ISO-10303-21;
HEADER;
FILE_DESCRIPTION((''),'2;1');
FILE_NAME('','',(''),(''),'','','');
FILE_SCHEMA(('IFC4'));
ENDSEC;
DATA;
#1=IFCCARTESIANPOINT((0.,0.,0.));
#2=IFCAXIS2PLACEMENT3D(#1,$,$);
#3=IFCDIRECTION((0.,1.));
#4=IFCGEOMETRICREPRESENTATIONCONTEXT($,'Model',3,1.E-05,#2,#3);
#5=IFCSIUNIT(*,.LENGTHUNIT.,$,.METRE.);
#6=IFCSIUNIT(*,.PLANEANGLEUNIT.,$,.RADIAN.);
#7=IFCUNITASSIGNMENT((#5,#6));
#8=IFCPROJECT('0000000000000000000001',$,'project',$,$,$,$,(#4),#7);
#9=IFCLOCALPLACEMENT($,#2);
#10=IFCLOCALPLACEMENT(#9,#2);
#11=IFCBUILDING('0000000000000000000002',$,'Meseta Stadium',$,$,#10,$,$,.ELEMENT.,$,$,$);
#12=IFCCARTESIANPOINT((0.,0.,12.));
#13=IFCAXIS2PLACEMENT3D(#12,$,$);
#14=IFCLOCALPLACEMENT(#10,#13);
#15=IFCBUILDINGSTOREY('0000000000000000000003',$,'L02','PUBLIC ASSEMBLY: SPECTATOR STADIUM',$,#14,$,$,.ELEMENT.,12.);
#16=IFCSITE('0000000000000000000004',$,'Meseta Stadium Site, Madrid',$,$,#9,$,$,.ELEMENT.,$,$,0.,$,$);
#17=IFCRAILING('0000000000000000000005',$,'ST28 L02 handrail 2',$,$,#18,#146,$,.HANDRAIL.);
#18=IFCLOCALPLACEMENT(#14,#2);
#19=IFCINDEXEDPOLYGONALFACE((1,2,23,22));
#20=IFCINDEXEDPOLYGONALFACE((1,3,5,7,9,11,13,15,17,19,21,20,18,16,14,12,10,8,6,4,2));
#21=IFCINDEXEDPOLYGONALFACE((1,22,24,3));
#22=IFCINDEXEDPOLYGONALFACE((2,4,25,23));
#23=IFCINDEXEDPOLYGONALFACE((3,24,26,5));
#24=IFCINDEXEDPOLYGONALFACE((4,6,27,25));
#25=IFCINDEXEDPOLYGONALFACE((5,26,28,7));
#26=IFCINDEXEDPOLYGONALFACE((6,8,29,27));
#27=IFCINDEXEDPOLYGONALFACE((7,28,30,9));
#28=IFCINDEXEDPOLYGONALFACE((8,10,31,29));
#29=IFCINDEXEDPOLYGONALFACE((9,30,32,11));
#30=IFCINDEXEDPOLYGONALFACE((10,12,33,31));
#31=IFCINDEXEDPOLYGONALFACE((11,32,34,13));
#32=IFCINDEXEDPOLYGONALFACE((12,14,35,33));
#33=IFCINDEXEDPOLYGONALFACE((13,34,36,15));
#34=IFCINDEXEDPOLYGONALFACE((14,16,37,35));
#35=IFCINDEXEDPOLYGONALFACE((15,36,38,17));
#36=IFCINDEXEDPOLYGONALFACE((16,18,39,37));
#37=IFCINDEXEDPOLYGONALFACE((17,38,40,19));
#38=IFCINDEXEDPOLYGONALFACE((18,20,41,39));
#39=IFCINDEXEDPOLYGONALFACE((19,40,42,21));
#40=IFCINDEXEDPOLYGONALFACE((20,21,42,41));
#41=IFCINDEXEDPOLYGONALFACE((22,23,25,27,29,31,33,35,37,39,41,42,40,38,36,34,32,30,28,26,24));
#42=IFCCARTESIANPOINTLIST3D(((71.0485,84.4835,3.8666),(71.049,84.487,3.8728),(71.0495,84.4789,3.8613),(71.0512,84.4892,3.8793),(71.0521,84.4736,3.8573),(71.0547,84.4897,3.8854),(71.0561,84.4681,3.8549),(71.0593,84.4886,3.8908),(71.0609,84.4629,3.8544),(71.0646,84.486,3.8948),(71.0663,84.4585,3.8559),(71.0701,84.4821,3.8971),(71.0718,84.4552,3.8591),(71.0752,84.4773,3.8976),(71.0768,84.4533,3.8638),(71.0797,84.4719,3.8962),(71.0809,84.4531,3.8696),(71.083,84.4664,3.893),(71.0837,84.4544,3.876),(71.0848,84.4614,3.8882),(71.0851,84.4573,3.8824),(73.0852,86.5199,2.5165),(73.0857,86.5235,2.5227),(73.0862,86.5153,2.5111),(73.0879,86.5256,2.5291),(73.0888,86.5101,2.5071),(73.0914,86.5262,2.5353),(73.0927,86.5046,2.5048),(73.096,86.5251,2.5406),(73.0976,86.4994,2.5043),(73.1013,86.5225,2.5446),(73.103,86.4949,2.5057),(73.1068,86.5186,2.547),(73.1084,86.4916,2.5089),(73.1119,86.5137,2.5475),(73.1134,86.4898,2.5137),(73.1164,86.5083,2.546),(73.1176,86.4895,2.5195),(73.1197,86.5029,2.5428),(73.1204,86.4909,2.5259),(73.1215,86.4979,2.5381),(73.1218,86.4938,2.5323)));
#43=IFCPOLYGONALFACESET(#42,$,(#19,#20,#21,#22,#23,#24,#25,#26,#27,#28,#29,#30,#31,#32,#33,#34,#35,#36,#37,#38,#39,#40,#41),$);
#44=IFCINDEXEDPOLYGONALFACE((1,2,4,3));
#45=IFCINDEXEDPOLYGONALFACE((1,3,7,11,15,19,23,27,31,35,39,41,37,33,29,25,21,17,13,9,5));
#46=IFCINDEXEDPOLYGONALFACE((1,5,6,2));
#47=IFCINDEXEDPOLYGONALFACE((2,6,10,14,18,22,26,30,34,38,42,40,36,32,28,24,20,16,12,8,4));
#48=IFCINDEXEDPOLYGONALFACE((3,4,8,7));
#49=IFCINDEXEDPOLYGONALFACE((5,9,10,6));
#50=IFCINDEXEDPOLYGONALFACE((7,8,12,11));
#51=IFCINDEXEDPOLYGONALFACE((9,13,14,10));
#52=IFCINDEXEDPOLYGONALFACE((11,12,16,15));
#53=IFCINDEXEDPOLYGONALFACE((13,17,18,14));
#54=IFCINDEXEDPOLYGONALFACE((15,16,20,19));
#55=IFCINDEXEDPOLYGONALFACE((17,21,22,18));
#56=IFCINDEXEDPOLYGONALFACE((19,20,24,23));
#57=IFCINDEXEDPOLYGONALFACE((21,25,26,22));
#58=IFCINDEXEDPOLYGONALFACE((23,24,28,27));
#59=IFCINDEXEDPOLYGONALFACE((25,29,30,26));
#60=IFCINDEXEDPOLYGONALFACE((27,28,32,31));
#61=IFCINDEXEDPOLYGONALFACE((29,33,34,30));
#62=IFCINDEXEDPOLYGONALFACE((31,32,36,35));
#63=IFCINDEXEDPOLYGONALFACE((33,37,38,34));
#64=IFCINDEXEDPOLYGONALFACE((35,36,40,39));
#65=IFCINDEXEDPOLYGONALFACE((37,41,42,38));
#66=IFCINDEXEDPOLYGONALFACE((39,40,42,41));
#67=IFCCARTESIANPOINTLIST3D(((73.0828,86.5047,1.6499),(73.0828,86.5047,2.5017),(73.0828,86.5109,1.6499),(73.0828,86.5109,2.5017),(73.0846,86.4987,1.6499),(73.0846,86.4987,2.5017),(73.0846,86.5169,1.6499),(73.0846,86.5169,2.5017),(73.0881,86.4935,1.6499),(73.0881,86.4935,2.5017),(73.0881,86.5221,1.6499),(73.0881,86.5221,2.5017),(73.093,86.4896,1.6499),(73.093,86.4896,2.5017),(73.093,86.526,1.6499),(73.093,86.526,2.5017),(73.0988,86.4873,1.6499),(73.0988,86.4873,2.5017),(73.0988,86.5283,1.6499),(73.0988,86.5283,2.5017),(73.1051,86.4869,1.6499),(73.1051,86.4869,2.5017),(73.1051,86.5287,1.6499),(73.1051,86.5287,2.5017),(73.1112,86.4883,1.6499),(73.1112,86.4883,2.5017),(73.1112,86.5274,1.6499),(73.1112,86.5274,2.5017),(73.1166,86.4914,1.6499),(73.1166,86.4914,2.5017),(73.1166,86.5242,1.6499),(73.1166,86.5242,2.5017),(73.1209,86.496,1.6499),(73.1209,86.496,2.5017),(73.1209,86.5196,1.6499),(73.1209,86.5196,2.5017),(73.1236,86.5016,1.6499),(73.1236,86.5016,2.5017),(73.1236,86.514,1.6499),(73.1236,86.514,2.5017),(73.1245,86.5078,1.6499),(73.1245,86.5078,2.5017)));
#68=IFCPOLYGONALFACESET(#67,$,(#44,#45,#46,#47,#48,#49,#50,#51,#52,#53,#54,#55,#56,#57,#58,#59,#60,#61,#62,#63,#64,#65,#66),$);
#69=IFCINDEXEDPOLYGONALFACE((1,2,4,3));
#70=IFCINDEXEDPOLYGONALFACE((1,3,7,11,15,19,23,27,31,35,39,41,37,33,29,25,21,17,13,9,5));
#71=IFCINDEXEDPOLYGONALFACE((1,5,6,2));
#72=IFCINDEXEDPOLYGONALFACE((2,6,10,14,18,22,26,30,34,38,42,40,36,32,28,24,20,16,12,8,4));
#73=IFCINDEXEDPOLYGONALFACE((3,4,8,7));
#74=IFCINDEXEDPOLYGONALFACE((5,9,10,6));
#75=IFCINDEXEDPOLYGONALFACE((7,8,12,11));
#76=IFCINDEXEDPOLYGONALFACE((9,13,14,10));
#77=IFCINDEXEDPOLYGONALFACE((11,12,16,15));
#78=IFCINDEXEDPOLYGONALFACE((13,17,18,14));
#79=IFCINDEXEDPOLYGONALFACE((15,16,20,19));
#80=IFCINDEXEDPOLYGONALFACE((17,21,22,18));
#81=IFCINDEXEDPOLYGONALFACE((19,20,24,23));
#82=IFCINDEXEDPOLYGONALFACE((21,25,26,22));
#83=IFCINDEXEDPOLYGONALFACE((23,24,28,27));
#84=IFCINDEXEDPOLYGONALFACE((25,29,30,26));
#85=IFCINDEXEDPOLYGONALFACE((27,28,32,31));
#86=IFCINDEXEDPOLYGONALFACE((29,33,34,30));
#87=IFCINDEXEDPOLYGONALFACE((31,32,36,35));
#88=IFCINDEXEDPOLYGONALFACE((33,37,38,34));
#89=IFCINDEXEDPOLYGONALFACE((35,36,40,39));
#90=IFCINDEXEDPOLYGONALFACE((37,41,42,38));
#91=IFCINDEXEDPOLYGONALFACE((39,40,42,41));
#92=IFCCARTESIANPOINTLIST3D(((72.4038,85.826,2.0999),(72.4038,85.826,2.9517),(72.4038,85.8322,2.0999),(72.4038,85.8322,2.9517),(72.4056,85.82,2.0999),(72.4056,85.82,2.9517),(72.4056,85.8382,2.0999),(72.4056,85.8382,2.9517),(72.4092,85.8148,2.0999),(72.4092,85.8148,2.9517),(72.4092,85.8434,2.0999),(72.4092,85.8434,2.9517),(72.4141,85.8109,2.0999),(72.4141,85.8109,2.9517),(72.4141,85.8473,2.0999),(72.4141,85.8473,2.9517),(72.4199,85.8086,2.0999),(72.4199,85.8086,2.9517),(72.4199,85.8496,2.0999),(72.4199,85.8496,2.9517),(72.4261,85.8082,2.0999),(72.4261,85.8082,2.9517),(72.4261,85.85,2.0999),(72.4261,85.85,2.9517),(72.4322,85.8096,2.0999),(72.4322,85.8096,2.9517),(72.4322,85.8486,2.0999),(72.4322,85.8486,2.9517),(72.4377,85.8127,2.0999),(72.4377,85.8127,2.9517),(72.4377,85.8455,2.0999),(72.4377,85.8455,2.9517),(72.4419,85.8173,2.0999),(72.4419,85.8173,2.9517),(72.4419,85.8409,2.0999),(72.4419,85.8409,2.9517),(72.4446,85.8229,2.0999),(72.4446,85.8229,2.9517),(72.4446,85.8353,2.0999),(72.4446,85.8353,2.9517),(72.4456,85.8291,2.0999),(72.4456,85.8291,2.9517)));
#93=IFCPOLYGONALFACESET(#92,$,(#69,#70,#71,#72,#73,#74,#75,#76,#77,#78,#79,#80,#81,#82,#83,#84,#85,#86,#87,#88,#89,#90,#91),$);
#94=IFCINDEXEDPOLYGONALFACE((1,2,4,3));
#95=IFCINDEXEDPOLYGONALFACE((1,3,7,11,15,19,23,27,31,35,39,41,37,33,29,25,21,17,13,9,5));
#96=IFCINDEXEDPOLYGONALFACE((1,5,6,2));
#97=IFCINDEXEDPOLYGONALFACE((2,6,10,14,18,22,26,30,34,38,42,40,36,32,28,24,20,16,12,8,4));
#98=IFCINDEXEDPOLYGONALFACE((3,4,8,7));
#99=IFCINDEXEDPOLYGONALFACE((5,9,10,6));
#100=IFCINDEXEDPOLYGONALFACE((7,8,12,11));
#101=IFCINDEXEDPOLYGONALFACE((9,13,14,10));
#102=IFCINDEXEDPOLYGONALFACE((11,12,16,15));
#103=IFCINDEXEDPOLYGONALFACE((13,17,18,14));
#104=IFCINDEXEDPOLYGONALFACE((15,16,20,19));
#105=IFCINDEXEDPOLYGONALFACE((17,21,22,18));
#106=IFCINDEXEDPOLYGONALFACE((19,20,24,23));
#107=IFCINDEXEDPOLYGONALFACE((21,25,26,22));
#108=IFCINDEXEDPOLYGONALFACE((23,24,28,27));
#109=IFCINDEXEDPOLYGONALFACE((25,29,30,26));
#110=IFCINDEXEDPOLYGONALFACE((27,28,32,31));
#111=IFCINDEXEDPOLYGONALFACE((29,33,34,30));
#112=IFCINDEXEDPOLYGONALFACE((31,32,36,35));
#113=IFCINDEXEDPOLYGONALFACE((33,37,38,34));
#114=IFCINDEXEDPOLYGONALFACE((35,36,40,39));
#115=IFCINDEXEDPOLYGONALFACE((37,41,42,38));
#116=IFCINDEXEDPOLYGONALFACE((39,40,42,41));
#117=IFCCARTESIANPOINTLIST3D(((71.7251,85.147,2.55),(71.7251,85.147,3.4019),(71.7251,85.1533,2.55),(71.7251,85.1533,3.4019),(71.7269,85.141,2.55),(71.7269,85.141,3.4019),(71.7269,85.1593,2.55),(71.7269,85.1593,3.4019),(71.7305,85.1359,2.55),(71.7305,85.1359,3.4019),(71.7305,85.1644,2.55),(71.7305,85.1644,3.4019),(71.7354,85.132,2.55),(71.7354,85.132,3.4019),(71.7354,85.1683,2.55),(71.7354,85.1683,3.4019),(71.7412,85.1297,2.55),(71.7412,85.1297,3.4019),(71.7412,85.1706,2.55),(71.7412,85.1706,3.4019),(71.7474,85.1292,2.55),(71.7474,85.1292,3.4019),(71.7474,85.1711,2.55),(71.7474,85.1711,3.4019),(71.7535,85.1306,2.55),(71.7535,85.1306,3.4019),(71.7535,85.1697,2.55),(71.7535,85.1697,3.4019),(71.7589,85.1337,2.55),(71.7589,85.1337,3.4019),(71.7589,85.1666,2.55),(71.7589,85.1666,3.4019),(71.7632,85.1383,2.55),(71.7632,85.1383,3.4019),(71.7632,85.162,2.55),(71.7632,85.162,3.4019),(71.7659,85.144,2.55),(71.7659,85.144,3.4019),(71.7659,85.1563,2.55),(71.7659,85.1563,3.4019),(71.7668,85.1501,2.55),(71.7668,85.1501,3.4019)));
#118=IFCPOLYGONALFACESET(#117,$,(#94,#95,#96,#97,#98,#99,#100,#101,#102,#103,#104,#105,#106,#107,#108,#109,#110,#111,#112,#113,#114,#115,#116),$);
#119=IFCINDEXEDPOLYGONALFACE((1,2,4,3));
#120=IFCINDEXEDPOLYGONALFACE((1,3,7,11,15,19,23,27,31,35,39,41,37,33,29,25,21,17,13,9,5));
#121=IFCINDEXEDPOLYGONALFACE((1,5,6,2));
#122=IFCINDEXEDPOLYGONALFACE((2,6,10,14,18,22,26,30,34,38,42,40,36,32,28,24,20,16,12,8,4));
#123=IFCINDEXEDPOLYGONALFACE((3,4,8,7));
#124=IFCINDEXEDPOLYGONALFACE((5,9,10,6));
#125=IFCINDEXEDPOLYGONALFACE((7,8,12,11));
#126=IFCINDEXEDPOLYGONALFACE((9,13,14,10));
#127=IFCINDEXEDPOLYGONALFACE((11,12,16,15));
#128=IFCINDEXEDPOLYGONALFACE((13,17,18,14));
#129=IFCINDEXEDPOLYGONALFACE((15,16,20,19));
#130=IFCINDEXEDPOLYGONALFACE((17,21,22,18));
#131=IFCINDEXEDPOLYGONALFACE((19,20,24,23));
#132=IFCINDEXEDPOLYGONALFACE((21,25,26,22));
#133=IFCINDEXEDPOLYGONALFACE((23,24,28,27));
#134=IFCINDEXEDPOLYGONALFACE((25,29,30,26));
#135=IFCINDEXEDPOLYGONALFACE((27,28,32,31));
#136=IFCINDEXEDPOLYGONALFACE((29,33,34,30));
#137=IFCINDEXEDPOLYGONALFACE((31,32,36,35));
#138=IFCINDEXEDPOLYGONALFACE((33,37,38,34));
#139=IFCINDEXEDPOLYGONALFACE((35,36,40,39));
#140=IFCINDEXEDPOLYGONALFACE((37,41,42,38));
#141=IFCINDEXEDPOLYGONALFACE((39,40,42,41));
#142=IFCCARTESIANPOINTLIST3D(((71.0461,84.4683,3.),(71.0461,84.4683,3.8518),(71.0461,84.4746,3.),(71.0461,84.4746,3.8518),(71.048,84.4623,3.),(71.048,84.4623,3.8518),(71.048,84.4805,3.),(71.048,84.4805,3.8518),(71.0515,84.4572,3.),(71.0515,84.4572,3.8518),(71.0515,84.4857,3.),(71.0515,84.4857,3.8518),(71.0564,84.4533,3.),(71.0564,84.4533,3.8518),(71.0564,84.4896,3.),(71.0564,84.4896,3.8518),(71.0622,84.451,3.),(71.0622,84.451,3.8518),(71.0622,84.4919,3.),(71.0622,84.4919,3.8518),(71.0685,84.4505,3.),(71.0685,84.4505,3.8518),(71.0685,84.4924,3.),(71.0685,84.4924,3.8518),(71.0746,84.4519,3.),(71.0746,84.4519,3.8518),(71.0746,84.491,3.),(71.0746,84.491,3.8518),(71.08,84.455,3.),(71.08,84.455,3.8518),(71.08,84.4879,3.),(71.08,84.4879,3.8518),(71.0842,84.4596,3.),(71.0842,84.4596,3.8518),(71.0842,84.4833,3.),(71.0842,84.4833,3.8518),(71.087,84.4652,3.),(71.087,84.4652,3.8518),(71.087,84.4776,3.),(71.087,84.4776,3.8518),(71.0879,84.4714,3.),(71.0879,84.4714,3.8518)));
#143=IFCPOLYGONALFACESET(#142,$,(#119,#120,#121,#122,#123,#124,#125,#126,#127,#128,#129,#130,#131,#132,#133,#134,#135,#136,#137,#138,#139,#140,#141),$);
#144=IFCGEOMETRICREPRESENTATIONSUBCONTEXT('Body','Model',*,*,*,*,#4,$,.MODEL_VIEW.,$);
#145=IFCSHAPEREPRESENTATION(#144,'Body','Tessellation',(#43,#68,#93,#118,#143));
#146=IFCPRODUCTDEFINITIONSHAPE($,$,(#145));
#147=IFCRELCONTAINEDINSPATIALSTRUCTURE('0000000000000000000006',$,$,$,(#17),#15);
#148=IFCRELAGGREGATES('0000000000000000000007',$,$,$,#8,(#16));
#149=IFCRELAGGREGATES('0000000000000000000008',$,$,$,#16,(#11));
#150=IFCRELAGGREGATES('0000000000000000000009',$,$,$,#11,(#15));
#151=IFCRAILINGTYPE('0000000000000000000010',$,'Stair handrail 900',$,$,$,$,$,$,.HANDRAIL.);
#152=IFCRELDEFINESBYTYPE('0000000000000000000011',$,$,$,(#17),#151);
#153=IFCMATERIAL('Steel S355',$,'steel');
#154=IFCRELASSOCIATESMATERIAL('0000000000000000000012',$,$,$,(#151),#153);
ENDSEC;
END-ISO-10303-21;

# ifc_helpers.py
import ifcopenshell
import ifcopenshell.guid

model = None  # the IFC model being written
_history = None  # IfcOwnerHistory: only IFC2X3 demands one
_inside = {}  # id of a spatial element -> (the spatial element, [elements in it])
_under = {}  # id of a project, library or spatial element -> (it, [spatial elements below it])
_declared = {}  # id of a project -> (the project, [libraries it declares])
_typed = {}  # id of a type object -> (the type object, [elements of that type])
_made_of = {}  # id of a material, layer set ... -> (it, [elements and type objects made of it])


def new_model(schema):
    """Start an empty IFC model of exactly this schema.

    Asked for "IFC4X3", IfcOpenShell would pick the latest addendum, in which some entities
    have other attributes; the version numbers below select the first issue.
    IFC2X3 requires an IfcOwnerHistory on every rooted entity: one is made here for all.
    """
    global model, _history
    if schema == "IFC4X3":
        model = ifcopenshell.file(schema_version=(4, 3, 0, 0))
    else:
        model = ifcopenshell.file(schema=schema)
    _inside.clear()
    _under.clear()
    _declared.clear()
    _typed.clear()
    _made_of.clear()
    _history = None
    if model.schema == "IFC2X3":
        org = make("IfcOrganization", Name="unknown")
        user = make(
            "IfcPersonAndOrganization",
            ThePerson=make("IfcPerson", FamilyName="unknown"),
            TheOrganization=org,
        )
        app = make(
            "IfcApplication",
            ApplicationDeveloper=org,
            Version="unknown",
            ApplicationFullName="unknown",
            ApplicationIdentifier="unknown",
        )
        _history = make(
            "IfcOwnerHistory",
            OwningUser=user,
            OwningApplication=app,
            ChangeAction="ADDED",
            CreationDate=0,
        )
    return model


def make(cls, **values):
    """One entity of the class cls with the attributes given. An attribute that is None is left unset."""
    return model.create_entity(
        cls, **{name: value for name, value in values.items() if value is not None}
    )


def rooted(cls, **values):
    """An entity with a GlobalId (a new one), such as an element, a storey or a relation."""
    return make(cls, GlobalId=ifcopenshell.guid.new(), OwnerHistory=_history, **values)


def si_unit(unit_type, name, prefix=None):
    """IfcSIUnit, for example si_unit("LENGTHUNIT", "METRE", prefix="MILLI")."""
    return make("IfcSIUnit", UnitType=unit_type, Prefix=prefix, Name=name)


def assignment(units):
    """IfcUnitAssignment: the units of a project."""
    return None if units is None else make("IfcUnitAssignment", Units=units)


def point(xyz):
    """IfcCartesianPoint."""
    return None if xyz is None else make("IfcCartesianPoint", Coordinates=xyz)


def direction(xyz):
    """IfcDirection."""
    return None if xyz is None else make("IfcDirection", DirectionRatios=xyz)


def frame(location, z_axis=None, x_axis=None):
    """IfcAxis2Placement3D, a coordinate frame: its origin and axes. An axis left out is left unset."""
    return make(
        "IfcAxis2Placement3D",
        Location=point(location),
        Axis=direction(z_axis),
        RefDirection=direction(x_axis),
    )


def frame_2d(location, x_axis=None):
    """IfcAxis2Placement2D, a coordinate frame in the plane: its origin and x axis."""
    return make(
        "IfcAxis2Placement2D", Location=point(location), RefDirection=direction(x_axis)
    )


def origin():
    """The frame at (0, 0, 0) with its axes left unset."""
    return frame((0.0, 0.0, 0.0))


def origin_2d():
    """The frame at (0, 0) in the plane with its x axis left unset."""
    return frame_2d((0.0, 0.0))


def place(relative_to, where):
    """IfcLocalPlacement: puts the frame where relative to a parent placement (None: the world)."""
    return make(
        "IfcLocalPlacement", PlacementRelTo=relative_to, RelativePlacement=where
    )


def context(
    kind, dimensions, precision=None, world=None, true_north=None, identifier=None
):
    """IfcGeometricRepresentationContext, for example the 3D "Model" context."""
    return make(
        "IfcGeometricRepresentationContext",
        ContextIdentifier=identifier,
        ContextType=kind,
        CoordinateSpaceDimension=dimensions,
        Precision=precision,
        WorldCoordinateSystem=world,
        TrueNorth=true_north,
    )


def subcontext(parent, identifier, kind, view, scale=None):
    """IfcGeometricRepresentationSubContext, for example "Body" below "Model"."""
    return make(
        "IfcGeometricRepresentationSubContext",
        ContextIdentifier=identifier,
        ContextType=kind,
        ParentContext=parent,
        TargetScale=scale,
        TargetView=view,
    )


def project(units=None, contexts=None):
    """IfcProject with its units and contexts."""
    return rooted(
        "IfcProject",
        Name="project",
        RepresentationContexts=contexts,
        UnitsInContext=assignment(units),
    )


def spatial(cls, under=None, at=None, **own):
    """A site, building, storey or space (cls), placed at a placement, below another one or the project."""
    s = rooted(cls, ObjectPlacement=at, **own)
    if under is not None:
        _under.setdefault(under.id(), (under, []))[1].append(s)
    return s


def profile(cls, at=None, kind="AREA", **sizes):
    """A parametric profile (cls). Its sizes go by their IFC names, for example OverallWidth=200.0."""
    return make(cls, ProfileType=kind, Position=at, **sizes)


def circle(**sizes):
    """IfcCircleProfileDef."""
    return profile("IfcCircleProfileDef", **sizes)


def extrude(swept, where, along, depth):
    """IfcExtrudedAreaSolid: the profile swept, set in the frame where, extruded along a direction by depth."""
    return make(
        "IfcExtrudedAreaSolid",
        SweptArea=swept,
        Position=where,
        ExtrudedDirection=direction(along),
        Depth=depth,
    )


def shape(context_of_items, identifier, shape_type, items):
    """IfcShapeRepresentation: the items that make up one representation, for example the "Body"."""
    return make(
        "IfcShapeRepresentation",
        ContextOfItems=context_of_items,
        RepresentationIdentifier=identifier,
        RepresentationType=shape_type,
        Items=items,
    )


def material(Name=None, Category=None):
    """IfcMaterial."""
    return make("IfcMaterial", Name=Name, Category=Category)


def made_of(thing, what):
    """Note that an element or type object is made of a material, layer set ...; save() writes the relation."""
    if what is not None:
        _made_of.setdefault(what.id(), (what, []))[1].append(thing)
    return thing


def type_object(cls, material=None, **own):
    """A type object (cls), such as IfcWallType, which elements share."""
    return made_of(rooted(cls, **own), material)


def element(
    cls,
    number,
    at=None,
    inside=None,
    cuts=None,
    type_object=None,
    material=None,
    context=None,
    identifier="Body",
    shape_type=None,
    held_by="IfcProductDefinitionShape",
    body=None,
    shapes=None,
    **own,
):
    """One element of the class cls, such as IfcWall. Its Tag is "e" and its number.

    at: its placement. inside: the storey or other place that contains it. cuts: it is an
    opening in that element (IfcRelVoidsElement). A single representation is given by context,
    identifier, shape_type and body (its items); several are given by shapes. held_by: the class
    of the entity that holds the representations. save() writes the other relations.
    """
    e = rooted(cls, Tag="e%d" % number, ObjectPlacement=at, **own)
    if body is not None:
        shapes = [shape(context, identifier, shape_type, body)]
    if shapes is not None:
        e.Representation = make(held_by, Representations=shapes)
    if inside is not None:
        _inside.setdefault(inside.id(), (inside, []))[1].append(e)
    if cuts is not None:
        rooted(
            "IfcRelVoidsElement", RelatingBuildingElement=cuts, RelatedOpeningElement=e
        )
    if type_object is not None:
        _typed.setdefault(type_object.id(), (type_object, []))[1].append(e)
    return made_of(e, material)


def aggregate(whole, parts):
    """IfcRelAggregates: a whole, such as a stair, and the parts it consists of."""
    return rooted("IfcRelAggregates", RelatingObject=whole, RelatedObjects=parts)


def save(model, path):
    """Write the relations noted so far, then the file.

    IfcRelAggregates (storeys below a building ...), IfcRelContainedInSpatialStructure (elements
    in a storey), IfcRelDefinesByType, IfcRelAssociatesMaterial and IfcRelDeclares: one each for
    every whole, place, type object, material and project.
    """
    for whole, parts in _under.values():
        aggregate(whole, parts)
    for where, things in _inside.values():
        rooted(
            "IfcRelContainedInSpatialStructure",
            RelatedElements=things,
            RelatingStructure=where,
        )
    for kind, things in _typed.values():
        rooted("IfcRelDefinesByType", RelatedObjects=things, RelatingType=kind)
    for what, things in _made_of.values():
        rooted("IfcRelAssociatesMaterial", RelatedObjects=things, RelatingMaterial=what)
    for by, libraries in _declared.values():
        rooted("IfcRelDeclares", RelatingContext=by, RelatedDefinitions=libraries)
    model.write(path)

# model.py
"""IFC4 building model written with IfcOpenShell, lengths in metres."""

from ifc_helpers import new_model, si_unit, direction, frame, origin, origin_2d, place, context, subcontext, project, spatial, circle, extrude, material, type_object, element, save


model = new_model("IFC4")

# Units and contexts
model_context = context("Model", 3, precision=1e-05, world=origin(), true_north=direction((0.0, 1.0)))
body_context = subcontext(model_context, "Body", "Model", "MODEL_VIEW")
ifc_project = project(units=[si_unit("LENGTHUNIT", "METRE"), si_unit("PLANEANGLEUNIT", "RADIAN")], contexts=[model_context])

# Site, building, storey
site_placement = place(None, origin())
site = spatial("IfcSite", under=ifc_project, at=site_placement, Name="Meseta Stadium Site, Madrid", CompositionType="ELEMENT", RefElevation=0.0)
building_placement = place(site_placement, origin())
building = spatial("IfcBuilding", under=site, at=building_placement, Name="Meseta Stadium", CompositionType="ELEMENT")
storey_placement = place(building_placement, frame((0.0, 0.0, 12.0)))
storey = spatial("IfcBuildingStorey", under=building, at=storey_placement, Name="L02", Description="PUBLIC ASSEMBLY: SPECTATOR STADIUM", CompositionType="ELEMENT", Elevation=12.0)

# Railing
ifc_material_1 = material(Name="Steel S355", Category="steel")
railing_type_1 = type_object("IfcRailingType", Name="Stair handrail 900", PredefinedType="HANDRAIL", material=ifc_material_1)
for number, where, name in (
    (1, (73.1035, 86.5078, 1.6499), "ST28 L02 handrail 2"),
):
    element("IfcRailing", number, at=place(storey_placement, frame(where)), inside=storey, type_object=railing_type_1, Name=name, PredefinedType="HANDRAIL", context=body_context, shape_type="SweptSolid", body=[
        extrude(circle(Radius=0.0239, at=origin_2d()), frame((0.0, 0.0, 0.876), z_axis=(-0.640288, -0.640211, 0.424454), x_axis=(0.707064, -0.707149, 0.0)), (0.0, 0.0, 1.0), 3.1809),
        extrude(circle(Radius=0.021, at=origin_2d()), origin(), (0.0, 0.0, 1.0), 0.8518),
        extrude(circle(Radius=0.021, at=origin_2d()), frame((-0.679, -0.6787, 0.45)), (0.0, 0.0, 1.0), 0.8518),
        extrude(circle(Radius=0.021, at=origin_2d()), frame((-1.3577, -1.3577, 0.9001)), (0.0, 0.0, 1.0), 0.8518),
        extrude(circle(Radius=0.021, at=origin_2d()), frame((-2.0366, -2.0364, 1.3501)), (0.0, 0.0, 1.0), 0.8518),
    ])

save(model, "model.ifc")
